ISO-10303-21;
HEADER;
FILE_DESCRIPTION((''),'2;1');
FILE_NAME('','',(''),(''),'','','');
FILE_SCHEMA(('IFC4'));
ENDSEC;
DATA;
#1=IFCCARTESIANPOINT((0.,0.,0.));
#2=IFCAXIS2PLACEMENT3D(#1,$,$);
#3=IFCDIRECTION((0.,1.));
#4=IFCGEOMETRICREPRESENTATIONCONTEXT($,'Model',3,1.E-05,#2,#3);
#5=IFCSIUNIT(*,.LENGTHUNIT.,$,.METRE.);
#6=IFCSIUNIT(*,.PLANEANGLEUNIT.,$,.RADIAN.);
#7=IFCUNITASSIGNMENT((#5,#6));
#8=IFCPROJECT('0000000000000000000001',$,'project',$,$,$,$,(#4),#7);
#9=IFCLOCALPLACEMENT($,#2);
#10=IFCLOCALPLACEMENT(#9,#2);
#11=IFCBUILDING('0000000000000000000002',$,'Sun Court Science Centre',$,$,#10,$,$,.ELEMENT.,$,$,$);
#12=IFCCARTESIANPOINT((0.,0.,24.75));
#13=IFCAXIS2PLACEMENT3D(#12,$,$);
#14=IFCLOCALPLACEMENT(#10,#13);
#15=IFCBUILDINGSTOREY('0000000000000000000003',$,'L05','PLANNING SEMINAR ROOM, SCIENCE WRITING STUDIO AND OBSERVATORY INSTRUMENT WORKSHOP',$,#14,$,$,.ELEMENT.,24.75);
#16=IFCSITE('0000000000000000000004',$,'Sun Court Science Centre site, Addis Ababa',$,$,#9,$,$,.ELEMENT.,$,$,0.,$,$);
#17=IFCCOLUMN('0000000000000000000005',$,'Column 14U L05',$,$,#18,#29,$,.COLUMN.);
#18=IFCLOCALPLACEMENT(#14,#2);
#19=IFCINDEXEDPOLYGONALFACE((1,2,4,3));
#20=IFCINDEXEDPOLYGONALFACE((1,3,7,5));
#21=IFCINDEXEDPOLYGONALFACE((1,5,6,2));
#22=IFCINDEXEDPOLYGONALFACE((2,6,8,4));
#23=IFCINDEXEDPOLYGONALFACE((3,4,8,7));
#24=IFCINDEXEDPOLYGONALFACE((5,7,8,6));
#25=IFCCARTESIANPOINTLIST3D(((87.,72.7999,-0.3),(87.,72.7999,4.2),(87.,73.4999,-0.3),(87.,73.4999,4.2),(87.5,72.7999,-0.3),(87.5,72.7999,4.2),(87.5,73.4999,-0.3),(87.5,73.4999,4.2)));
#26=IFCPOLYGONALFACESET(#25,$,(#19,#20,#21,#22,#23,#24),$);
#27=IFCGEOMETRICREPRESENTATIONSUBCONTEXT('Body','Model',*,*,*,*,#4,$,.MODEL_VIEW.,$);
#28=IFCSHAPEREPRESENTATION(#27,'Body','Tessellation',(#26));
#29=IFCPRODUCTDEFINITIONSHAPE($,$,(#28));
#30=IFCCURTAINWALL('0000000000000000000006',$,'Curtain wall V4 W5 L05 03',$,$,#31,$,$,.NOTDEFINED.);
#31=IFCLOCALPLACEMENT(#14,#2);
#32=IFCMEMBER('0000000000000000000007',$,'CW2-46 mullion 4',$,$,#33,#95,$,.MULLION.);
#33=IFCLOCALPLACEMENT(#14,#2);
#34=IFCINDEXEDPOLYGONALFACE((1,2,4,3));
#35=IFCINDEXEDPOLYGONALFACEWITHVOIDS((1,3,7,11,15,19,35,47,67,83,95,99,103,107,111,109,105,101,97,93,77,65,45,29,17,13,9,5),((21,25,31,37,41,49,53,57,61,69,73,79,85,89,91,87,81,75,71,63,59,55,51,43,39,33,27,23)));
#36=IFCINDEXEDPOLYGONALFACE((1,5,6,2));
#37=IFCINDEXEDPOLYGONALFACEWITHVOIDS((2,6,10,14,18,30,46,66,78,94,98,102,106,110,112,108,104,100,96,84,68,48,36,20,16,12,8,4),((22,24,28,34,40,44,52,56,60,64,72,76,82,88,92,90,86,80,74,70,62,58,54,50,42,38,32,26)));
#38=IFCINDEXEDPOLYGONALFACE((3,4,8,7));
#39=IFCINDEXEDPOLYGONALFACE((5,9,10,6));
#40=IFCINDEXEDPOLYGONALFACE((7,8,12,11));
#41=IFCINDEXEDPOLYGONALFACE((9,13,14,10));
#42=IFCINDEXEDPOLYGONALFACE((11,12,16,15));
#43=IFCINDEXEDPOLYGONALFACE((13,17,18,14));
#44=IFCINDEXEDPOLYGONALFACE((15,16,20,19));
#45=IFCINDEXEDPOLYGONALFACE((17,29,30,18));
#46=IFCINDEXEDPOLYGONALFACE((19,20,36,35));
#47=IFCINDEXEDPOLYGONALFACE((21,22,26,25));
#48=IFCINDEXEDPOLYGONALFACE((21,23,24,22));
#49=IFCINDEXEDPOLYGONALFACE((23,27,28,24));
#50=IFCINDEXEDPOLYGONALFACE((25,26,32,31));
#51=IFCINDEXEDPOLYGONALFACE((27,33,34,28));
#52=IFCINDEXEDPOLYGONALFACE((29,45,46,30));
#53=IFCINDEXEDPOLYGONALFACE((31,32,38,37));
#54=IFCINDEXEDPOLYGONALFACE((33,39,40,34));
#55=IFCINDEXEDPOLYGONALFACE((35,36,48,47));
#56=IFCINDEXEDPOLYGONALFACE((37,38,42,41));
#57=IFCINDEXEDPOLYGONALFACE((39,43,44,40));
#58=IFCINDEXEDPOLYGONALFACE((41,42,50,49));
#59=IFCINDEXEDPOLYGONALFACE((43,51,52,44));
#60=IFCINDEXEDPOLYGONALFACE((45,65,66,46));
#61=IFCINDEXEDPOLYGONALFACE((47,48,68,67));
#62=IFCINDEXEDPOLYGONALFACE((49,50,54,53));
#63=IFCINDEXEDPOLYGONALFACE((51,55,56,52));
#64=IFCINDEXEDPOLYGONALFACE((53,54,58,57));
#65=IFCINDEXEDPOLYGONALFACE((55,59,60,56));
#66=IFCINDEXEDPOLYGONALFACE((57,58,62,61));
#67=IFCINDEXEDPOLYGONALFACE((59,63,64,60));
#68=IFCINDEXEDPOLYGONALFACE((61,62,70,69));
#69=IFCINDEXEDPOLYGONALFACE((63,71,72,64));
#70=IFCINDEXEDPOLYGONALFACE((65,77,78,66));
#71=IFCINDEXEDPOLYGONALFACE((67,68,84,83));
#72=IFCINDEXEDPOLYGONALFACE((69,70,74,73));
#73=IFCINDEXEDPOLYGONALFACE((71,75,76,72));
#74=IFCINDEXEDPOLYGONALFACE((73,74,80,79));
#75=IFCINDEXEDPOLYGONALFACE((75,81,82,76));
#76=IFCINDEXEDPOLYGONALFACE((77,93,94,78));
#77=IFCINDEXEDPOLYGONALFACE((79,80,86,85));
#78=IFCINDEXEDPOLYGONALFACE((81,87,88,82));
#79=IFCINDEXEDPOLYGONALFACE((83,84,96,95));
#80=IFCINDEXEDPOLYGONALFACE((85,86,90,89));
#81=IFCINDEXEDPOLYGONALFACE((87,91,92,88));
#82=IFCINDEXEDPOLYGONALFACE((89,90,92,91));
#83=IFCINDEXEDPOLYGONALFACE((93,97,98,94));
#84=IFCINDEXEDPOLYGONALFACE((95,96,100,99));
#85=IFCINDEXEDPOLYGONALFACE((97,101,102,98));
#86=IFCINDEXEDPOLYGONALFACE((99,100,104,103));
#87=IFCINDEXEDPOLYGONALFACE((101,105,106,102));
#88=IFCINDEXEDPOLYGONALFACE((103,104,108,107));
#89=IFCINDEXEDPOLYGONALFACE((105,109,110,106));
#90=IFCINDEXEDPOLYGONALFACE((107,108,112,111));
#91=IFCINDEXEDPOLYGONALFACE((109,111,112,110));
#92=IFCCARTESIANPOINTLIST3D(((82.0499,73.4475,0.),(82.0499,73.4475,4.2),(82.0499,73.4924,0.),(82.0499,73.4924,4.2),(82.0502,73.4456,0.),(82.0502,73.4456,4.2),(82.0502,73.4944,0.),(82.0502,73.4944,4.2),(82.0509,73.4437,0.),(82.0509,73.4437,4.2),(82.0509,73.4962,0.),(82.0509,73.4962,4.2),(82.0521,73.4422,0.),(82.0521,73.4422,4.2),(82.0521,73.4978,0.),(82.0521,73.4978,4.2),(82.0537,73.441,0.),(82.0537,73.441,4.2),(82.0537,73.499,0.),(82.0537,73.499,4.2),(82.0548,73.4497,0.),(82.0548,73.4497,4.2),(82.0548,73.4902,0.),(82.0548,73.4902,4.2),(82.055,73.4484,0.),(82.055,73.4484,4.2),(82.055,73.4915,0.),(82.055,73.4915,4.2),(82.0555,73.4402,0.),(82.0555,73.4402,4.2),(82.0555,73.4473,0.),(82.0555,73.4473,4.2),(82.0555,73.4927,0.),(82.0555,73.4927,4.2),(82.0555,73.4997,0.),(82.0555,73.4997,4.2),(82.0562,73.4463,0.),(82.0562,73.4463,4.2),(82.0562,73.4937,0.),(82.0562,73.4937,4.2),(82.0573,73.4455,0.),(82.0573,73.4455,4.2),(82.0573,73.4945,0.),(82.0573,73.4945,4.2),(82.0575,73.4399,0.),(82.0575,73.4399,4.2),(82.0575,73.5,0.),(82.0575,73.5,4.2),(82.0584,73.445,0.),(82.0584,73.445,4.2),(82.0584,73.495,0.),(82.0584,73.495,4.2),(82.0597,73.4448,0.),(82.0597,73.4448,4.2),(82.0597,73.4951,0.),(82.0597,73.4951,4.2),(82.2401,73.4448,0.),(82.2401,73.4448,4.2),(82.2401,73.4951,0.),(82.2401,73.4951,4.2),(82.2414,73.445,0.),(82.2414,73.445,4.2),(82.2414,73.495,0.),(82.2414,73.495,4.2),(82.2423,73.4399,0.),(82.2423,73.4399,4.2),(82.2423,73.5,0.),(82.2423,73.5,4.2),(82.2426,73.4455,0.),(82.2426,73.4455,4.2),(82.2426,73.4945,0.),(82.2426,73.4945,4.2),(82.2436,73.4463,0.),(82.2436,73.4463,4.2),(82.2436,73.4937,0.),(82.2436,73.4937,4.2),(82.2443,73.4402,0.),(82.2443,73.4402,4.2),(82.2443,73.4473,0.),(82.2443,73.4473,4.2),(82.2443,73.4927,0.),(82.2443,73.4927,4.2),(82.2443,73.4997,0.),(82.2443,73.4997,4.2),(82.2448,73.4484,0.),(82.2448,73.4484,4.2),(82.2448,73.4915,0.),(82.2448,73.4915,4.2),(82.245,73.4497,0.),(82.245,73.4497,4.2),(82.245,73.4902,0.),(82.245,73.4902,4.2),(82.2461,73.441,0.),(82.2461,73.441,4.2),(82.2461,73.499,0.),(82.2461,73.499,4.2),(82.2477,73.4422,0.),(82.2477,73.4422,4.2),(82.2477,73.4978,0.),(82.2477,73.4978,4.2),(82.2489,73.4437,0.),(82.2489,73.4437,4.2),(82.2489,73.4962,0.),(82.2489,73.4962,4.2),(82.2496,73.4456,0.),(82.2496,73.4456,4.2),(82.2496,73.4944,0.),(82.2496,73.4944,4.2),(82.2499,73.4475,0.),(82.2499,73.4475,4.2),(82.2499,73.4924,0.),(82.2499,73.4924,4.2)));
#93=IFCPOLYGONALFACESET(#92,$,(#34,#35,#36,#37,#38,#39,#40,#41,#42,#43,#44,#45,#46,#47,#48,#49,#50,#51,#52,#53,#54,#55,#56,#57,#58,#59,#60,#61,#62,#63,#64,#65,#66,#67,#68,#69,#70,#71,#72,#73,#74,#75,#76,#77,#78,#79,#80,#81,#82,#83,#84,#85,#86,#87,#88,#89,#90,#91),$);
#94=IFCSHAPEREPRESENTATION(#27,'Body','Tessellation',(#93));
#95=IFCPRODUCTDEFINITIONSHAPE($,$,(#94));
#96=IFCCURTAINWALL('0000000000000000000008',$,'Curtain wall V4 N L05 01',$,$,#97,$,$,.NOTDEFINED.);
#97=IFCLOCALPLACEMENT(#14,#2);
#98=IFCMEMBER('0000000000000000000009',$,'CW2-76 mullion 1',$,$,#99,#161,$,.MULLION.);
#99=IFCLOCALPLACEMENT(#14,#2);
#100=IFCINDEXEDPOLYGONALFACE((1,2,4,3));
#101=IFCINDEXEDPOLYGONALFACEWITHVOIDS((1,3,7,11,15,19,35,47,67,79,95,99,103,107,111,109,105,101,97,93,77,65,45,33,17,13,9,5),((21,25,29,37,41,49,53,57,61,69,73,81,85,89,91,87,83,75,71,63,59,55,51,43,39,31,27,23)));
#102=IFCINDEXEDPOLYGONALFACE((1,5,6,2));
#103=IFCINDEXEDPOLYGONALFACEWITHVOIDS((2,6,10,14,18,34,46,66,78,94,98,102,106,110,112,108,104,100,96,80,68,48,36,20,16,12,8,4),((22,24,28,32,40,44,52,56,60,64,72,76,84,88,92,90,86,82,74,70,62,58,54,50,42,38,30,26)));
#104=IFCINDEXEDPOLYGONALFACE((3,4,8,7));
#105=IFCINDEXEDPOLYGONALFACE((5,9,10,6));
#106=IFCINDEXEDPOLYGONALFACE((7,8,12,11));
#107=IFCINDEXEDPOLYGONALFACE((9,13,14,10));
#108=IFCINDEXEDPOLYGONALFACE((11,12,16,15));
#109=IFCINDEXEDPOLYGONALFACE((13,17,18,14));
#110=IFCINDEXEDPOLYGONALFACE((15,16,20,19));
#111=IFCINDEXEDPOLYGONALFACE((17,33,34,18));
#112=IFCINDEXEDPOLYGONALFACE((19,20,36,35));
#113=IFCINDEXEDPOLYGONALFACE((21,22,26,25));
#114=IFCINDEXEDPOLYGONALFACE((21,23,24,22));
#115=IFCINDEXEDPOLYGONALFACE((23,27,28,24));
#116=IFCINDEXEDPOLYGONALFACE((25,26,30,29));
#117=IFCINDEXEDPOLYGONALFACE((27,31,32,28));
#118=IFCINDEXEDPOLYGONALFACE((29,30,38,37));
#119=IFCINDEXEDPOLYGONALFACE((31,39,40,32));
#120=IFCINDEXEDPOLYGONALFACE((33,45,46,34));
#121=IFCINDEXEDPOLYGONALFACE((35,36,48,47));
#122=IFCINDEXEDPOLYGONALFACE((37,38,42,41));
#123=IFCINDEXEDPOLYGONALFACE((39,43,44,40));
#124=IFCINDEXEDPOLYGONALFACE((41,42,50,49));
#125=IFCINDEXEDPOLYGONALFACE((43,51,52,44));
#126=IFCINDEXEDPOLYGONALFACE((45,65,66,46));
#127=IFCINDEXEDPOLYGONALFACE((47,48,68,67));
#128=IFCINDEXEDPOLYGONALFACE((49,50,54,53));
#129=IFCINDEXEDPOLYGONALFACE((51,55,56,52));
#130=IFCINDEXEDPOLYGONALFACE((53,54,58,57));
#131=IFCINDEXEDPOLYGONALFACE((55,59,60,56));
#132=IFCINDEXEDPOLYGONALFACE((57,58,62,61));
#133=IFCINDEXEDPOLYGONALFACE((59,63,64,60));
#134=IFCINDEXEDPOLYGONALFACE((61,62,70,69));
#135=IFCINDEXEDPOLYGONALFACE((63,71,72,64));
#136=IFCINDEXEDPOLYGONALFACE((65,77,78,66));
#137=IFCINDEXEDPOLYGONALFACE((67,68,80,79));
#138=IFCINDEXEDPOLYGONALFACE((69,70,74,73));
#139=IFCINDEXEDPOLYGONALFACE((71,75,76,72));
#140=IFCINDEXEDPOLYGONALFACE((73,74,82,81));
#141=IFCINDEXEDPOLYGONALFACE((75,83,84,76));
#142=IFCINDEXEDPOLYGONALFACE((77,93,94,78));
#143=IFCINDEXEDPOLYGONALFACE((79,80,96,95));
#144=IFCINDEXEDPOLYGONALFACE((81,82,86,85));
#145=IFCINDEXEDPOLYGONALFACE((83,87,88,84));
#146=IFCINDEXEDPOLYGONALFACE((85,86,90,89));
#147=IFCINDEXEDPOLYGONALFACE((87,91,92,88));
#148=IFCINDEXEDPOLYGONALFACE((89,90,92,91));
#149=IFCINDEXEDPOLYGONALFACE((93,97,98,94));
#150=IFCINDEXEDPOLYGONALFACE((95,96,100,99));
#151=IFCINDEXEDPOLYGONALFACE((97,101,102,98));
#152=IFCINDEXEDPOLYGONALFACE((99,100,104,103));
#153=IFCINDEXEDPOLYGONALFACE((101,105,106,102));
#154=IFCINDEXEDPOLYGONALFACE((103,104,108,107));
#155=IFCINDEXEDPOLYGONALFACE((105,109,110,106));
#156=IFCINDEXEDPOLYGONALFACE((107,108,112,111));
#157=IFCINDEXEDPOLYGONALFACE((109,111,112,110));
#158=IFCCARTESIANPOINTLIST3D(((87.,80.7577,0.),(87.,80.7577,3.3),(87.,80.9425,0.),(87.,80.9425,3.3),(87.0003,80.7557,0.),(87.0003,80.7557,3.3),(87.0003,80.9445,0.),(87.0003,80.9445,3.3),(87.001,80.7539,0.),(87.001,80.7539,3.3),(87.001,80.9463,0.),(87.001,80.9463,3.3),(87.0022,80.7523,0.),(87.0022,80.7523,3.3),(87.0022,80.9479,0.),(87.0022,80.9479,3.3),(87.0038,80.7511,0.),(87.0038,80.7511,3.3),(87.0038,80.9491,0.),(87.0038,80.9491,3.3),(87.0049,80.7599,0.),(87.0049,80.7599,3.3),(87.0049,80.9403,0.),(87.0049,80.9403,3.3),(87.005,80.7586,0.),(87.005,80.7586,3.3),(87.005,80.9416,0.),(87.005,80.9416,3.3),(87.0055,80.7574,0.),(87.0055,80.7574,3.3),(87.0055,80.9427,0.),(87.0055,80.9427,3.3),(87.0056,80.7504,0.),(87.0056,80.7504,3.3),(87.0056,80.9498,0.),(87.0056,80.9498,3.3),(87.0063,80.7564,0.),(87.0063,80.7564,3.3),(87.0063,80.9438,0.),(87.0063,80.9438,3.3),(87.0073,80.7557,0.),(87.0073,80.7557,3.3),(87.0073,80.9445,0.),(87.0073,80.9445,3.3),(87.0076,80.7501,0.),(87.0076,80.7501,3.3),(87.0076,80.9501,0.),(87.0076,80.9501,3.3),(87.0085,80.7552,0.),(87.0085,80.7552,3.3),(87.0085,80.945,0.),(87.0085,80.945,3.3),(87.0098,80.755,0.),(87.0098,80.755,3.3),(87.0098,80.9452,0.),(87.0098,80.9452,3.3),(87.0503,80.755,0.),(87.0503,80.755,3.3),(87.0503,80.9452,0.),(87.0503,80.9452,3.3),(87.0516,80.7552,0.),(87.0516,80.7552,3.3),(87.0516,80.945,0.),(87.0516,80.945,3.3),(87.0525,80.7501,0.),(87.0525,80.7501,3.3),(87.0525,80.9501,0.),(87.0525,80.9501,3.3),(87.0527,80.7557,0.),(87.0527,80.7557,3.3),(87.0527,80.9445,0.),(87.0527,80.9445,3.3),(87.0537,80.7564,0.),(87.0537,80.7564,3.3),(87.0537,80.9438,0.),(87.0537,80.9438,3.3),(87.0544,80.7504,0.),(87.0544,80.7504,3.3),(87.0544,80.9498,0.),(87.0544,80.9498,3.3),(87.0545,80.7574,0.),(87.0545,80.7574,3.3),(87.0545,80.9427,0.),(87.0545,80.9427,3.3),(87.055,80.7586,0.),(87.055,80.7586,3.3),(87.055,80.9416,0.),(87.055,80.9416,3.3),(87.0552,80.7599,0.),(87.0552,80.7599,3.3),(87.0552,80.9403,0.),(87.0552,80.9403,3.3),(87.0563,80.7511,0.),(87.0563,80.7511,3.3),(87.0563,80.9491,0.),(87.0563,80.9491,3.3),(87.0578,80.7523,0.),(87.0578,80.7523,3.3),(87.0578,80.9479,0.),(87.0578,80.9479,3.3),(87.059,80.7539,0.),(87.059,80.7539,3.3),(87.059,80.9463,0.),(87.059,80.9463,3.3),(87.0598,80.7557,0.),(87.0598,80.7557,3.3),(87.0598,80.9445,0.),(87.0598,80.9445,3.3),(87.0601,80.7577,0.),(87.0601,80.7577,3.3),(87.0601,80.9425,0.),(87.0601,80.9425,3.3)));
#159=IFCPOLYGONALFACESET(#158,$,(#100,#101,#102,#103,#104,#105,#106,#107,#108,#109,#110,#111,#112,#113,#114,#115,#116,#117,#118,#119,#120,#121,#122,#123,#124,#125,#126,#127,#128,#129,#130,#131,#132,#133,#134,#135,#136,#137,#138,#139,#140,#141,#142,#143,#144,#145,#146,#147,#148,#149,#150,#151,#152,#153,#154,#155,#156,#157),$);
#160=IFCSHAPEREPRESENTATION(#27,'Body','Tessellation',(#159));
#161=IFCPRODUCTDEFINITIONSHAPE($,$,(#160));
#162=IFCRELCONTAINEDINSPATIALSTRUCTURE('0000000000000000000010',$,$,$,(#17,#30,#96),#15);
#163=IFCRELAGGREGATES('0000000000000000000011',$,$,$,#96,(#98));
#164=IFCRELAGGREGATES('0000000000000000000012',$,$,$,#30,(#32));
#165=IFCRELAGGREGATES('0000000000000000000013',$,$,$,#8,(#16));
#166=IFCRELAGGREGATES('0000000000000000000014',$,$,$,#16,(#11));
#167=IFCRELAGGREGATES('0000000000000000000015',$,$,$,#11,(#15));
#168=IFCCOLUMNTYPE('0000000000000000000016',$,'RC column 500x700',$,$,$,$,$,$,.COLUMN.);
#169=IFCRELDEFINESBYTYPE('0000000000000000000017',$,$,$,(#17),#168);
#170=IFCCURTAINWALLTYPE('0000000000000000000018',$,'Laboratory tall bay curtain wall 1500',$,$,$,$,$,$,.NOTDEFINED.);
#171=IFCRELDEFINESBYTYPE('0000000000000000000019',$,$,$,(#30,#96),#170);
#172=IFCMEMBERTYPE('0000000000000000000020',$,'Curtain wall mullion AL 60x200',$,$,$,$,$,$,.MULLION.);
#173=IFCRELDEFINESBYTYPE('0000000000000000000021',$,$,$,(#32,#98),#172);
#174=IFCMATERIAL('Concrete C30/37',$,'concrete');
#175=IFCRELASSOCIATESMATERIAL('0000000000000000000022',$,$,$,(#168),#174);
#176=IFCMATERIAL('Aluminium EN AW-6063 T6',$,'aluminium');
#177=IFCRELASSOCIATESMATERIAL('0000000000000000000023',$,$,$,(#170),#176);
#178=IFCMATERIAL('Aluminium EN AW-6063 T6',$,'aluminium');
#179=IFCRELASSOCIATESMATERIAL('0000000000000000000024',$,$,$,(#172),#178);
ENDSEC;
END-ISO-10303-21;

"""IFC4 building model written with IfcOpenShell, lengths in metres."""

from ifc_helpers import new_model, si_unit, direction, frame, origin, origin_2d, place, context, subcontext, project, spatial, rectangle, hollow_rectangle, extrude, material, material_profile, profile_set, type_object, element, aggregate, save


model = new_model("IFC4")

# Units and contexts
model_context = context("Model", 3, precision=1e-05, world=origin(), true_north=direction((0.0, 1.0)))
body_context = subcontext(model_context, "Body", "Model", "MODEL_VIEW")
ifc_project = project(units=[si_unit("LENGTHUNIT", "METRE"), si_unit("PLANEANGLEUNIT", "RADIAN")], contexts=[model_context])

# Site, building, storey
site_placement = place(None, origin())
site = spatial("IfcSite", under=ifc_project, at=site_placement, Name="Sun Court Science Centre site, Addis Ababa", CompositionType="ELEMENT", RefElevation=0.0)
building_placement = place(site_placement, origin())
building = spatial("IfcBuilding", under=site, at=building_placement, Name="Sun Court Science Centre", CompositionType="ELEMENT")
storey_placement = place(building_placement, frame((0.0, 0.0, 24.75)))
storey = spatial("IfcBuildingStorey", under=building, at=storey_placement, Name="L05", Description="PLANNING SEMINAR ROOM, SCIENCE WRITING STUDIO AND OBSERVATORY INSTRUMENT WORKSHOP", CompositionType="ELEMENT", Elevation=24.75)

# Column
ifc_material_1 = material(Name="Concrete C30/37", Category="concrete")
ifc_material_profile_1 = material_profile(ifc_material_1, rectangle(XDim=0.5, YDim=0.7, at=origin_2d()), Name="RC 500x700")
ifc_profile_set_1 = profile_set([ifc_material_profile_1], Name="Concrete C30/37")
column_type = type_object("IfcColumnType", Name="RC column 500x700", PredefinedType="COLUMN", material=ifc_profile_set_1)
column_placement = place(storey_placement, frame((87.25, 73.1499, -0.3), z_axis=(0.0, 0.0, 1.0), x_axis=(1.0, 0.0, 0.0)))
element("IfcColumn", 1, at=column_placement, inside=storey, type_object=column_type, Name="Column 14U L05", PredefinedType="COLUMN", context=body_context, shape_type="SweptSolid", body=[
    extrude(rectangle(XDim=0.5, YDim=0.7, at=origin_2d()), origin(), (0.0, 0.0, 1.0), 4.5),
])

# Curtain wall, member
ifc_material_2 = material(Name="Aluminium EN AW-6063 T6", Category="aluminium")
curtain_wall_type = type_object("IfcCurtainWallType", Name="Laboratory tall bay curtain wall 1500", PredefinedType="NOTDEFINED", material=ifc_material_2)
curtain_wall_1_placement = place(storey_placement, origin())
curtain_wall_1 = element("IfcCurtainWall", 2, at=curtain_wall_1_placement, inside=storey, type_object=curtain_wall_type, Name="Curtain wall V4 W5 L05 03", PredefinedType="NOTDEFINED")
ifc_material_3 = material(Name="Aluminium EN AW-6063 T6", Category="aluminium")
ifc_material_profile_2 = material_profile(ifc_material_3, hollow_rectangle(XDim=0.0601, YDim=0.2, WallThickness=0.0049, InnerFilletRadius=0.0049, OuterFilletRadius=0.0076, at=origin_2d()), Name="AL 60x200x5")
ifc_profile_set_2 = profile_set([ifc_material_profile_2], Name="Aluminium EN AW-6063 T6")
member_type_1 = type_object("IfcMemberType", Name="Curtain wall mullion AL 60x200", PredefinedType="MULLION", material=ifc_profile_set_2)
member_1_placement = place(storey_placement, frame((82.1499, 73.47, 0.0), z_axis=(0.0, 0.0, 1.0), x_axis=(0.0, 1.0, 0.0)))
member_1 = element("IfcMember", 3, at=member_1_placement, type_object=member_type_1, Name="CW2-46 mullion 4", PredefinedType="MULLION", context=body_context, shape_type="SweptSolid", body=[
    extrude(hollow_rectangle(XDim=0.0601, YDim=0.2, WallThickness=0.0049, InnerFilletRadius=0.0049, OuterFilletRadius=0.0076, at=origin_2d()), origin(), (0.0, 0.0, 1.0), 4.2),
])

# Curtain wall, member
curtain_wall_2_placement = place(storey_placement, origin())
curtain_wall_2 = element("IfcCurtainWall", 4, at=curtain_wall_2_placement, inside=storey, type_object=curtain_wall_type, Name="Curtain wall V4 N L05 01", PredefinedType="NOTDEFINED")
member_2_placement = place(storey_placement, frame((87.03, 80.8501, 0.0), z_axis=(0.0, 0.0, 1.0), x_axis=(1.0, 0.0, 0.0)))
member_2 = element("IfcMember", 5, at=member_2_placement, type_object=member_type_1, Name="CW2-76 mullion 1", PredefinedType="MULLION", context=body_context, shape_type="SweptSolid", body=[
    extrude(hollow_rectangle(XDim=0.0601, YDim=0.2, WallThickness=0.0049, InnerFilletRadius=0.0049, OuterFilletRadius=0.0076, at=origin_2d()), origin(), (0.0, 0.0, 1.0), 3.3),
])
aggregate(curtain_wall_2, [member_2])

aggregate(curtain_wall_1, [member_1])

save(model, "model.ifc")
